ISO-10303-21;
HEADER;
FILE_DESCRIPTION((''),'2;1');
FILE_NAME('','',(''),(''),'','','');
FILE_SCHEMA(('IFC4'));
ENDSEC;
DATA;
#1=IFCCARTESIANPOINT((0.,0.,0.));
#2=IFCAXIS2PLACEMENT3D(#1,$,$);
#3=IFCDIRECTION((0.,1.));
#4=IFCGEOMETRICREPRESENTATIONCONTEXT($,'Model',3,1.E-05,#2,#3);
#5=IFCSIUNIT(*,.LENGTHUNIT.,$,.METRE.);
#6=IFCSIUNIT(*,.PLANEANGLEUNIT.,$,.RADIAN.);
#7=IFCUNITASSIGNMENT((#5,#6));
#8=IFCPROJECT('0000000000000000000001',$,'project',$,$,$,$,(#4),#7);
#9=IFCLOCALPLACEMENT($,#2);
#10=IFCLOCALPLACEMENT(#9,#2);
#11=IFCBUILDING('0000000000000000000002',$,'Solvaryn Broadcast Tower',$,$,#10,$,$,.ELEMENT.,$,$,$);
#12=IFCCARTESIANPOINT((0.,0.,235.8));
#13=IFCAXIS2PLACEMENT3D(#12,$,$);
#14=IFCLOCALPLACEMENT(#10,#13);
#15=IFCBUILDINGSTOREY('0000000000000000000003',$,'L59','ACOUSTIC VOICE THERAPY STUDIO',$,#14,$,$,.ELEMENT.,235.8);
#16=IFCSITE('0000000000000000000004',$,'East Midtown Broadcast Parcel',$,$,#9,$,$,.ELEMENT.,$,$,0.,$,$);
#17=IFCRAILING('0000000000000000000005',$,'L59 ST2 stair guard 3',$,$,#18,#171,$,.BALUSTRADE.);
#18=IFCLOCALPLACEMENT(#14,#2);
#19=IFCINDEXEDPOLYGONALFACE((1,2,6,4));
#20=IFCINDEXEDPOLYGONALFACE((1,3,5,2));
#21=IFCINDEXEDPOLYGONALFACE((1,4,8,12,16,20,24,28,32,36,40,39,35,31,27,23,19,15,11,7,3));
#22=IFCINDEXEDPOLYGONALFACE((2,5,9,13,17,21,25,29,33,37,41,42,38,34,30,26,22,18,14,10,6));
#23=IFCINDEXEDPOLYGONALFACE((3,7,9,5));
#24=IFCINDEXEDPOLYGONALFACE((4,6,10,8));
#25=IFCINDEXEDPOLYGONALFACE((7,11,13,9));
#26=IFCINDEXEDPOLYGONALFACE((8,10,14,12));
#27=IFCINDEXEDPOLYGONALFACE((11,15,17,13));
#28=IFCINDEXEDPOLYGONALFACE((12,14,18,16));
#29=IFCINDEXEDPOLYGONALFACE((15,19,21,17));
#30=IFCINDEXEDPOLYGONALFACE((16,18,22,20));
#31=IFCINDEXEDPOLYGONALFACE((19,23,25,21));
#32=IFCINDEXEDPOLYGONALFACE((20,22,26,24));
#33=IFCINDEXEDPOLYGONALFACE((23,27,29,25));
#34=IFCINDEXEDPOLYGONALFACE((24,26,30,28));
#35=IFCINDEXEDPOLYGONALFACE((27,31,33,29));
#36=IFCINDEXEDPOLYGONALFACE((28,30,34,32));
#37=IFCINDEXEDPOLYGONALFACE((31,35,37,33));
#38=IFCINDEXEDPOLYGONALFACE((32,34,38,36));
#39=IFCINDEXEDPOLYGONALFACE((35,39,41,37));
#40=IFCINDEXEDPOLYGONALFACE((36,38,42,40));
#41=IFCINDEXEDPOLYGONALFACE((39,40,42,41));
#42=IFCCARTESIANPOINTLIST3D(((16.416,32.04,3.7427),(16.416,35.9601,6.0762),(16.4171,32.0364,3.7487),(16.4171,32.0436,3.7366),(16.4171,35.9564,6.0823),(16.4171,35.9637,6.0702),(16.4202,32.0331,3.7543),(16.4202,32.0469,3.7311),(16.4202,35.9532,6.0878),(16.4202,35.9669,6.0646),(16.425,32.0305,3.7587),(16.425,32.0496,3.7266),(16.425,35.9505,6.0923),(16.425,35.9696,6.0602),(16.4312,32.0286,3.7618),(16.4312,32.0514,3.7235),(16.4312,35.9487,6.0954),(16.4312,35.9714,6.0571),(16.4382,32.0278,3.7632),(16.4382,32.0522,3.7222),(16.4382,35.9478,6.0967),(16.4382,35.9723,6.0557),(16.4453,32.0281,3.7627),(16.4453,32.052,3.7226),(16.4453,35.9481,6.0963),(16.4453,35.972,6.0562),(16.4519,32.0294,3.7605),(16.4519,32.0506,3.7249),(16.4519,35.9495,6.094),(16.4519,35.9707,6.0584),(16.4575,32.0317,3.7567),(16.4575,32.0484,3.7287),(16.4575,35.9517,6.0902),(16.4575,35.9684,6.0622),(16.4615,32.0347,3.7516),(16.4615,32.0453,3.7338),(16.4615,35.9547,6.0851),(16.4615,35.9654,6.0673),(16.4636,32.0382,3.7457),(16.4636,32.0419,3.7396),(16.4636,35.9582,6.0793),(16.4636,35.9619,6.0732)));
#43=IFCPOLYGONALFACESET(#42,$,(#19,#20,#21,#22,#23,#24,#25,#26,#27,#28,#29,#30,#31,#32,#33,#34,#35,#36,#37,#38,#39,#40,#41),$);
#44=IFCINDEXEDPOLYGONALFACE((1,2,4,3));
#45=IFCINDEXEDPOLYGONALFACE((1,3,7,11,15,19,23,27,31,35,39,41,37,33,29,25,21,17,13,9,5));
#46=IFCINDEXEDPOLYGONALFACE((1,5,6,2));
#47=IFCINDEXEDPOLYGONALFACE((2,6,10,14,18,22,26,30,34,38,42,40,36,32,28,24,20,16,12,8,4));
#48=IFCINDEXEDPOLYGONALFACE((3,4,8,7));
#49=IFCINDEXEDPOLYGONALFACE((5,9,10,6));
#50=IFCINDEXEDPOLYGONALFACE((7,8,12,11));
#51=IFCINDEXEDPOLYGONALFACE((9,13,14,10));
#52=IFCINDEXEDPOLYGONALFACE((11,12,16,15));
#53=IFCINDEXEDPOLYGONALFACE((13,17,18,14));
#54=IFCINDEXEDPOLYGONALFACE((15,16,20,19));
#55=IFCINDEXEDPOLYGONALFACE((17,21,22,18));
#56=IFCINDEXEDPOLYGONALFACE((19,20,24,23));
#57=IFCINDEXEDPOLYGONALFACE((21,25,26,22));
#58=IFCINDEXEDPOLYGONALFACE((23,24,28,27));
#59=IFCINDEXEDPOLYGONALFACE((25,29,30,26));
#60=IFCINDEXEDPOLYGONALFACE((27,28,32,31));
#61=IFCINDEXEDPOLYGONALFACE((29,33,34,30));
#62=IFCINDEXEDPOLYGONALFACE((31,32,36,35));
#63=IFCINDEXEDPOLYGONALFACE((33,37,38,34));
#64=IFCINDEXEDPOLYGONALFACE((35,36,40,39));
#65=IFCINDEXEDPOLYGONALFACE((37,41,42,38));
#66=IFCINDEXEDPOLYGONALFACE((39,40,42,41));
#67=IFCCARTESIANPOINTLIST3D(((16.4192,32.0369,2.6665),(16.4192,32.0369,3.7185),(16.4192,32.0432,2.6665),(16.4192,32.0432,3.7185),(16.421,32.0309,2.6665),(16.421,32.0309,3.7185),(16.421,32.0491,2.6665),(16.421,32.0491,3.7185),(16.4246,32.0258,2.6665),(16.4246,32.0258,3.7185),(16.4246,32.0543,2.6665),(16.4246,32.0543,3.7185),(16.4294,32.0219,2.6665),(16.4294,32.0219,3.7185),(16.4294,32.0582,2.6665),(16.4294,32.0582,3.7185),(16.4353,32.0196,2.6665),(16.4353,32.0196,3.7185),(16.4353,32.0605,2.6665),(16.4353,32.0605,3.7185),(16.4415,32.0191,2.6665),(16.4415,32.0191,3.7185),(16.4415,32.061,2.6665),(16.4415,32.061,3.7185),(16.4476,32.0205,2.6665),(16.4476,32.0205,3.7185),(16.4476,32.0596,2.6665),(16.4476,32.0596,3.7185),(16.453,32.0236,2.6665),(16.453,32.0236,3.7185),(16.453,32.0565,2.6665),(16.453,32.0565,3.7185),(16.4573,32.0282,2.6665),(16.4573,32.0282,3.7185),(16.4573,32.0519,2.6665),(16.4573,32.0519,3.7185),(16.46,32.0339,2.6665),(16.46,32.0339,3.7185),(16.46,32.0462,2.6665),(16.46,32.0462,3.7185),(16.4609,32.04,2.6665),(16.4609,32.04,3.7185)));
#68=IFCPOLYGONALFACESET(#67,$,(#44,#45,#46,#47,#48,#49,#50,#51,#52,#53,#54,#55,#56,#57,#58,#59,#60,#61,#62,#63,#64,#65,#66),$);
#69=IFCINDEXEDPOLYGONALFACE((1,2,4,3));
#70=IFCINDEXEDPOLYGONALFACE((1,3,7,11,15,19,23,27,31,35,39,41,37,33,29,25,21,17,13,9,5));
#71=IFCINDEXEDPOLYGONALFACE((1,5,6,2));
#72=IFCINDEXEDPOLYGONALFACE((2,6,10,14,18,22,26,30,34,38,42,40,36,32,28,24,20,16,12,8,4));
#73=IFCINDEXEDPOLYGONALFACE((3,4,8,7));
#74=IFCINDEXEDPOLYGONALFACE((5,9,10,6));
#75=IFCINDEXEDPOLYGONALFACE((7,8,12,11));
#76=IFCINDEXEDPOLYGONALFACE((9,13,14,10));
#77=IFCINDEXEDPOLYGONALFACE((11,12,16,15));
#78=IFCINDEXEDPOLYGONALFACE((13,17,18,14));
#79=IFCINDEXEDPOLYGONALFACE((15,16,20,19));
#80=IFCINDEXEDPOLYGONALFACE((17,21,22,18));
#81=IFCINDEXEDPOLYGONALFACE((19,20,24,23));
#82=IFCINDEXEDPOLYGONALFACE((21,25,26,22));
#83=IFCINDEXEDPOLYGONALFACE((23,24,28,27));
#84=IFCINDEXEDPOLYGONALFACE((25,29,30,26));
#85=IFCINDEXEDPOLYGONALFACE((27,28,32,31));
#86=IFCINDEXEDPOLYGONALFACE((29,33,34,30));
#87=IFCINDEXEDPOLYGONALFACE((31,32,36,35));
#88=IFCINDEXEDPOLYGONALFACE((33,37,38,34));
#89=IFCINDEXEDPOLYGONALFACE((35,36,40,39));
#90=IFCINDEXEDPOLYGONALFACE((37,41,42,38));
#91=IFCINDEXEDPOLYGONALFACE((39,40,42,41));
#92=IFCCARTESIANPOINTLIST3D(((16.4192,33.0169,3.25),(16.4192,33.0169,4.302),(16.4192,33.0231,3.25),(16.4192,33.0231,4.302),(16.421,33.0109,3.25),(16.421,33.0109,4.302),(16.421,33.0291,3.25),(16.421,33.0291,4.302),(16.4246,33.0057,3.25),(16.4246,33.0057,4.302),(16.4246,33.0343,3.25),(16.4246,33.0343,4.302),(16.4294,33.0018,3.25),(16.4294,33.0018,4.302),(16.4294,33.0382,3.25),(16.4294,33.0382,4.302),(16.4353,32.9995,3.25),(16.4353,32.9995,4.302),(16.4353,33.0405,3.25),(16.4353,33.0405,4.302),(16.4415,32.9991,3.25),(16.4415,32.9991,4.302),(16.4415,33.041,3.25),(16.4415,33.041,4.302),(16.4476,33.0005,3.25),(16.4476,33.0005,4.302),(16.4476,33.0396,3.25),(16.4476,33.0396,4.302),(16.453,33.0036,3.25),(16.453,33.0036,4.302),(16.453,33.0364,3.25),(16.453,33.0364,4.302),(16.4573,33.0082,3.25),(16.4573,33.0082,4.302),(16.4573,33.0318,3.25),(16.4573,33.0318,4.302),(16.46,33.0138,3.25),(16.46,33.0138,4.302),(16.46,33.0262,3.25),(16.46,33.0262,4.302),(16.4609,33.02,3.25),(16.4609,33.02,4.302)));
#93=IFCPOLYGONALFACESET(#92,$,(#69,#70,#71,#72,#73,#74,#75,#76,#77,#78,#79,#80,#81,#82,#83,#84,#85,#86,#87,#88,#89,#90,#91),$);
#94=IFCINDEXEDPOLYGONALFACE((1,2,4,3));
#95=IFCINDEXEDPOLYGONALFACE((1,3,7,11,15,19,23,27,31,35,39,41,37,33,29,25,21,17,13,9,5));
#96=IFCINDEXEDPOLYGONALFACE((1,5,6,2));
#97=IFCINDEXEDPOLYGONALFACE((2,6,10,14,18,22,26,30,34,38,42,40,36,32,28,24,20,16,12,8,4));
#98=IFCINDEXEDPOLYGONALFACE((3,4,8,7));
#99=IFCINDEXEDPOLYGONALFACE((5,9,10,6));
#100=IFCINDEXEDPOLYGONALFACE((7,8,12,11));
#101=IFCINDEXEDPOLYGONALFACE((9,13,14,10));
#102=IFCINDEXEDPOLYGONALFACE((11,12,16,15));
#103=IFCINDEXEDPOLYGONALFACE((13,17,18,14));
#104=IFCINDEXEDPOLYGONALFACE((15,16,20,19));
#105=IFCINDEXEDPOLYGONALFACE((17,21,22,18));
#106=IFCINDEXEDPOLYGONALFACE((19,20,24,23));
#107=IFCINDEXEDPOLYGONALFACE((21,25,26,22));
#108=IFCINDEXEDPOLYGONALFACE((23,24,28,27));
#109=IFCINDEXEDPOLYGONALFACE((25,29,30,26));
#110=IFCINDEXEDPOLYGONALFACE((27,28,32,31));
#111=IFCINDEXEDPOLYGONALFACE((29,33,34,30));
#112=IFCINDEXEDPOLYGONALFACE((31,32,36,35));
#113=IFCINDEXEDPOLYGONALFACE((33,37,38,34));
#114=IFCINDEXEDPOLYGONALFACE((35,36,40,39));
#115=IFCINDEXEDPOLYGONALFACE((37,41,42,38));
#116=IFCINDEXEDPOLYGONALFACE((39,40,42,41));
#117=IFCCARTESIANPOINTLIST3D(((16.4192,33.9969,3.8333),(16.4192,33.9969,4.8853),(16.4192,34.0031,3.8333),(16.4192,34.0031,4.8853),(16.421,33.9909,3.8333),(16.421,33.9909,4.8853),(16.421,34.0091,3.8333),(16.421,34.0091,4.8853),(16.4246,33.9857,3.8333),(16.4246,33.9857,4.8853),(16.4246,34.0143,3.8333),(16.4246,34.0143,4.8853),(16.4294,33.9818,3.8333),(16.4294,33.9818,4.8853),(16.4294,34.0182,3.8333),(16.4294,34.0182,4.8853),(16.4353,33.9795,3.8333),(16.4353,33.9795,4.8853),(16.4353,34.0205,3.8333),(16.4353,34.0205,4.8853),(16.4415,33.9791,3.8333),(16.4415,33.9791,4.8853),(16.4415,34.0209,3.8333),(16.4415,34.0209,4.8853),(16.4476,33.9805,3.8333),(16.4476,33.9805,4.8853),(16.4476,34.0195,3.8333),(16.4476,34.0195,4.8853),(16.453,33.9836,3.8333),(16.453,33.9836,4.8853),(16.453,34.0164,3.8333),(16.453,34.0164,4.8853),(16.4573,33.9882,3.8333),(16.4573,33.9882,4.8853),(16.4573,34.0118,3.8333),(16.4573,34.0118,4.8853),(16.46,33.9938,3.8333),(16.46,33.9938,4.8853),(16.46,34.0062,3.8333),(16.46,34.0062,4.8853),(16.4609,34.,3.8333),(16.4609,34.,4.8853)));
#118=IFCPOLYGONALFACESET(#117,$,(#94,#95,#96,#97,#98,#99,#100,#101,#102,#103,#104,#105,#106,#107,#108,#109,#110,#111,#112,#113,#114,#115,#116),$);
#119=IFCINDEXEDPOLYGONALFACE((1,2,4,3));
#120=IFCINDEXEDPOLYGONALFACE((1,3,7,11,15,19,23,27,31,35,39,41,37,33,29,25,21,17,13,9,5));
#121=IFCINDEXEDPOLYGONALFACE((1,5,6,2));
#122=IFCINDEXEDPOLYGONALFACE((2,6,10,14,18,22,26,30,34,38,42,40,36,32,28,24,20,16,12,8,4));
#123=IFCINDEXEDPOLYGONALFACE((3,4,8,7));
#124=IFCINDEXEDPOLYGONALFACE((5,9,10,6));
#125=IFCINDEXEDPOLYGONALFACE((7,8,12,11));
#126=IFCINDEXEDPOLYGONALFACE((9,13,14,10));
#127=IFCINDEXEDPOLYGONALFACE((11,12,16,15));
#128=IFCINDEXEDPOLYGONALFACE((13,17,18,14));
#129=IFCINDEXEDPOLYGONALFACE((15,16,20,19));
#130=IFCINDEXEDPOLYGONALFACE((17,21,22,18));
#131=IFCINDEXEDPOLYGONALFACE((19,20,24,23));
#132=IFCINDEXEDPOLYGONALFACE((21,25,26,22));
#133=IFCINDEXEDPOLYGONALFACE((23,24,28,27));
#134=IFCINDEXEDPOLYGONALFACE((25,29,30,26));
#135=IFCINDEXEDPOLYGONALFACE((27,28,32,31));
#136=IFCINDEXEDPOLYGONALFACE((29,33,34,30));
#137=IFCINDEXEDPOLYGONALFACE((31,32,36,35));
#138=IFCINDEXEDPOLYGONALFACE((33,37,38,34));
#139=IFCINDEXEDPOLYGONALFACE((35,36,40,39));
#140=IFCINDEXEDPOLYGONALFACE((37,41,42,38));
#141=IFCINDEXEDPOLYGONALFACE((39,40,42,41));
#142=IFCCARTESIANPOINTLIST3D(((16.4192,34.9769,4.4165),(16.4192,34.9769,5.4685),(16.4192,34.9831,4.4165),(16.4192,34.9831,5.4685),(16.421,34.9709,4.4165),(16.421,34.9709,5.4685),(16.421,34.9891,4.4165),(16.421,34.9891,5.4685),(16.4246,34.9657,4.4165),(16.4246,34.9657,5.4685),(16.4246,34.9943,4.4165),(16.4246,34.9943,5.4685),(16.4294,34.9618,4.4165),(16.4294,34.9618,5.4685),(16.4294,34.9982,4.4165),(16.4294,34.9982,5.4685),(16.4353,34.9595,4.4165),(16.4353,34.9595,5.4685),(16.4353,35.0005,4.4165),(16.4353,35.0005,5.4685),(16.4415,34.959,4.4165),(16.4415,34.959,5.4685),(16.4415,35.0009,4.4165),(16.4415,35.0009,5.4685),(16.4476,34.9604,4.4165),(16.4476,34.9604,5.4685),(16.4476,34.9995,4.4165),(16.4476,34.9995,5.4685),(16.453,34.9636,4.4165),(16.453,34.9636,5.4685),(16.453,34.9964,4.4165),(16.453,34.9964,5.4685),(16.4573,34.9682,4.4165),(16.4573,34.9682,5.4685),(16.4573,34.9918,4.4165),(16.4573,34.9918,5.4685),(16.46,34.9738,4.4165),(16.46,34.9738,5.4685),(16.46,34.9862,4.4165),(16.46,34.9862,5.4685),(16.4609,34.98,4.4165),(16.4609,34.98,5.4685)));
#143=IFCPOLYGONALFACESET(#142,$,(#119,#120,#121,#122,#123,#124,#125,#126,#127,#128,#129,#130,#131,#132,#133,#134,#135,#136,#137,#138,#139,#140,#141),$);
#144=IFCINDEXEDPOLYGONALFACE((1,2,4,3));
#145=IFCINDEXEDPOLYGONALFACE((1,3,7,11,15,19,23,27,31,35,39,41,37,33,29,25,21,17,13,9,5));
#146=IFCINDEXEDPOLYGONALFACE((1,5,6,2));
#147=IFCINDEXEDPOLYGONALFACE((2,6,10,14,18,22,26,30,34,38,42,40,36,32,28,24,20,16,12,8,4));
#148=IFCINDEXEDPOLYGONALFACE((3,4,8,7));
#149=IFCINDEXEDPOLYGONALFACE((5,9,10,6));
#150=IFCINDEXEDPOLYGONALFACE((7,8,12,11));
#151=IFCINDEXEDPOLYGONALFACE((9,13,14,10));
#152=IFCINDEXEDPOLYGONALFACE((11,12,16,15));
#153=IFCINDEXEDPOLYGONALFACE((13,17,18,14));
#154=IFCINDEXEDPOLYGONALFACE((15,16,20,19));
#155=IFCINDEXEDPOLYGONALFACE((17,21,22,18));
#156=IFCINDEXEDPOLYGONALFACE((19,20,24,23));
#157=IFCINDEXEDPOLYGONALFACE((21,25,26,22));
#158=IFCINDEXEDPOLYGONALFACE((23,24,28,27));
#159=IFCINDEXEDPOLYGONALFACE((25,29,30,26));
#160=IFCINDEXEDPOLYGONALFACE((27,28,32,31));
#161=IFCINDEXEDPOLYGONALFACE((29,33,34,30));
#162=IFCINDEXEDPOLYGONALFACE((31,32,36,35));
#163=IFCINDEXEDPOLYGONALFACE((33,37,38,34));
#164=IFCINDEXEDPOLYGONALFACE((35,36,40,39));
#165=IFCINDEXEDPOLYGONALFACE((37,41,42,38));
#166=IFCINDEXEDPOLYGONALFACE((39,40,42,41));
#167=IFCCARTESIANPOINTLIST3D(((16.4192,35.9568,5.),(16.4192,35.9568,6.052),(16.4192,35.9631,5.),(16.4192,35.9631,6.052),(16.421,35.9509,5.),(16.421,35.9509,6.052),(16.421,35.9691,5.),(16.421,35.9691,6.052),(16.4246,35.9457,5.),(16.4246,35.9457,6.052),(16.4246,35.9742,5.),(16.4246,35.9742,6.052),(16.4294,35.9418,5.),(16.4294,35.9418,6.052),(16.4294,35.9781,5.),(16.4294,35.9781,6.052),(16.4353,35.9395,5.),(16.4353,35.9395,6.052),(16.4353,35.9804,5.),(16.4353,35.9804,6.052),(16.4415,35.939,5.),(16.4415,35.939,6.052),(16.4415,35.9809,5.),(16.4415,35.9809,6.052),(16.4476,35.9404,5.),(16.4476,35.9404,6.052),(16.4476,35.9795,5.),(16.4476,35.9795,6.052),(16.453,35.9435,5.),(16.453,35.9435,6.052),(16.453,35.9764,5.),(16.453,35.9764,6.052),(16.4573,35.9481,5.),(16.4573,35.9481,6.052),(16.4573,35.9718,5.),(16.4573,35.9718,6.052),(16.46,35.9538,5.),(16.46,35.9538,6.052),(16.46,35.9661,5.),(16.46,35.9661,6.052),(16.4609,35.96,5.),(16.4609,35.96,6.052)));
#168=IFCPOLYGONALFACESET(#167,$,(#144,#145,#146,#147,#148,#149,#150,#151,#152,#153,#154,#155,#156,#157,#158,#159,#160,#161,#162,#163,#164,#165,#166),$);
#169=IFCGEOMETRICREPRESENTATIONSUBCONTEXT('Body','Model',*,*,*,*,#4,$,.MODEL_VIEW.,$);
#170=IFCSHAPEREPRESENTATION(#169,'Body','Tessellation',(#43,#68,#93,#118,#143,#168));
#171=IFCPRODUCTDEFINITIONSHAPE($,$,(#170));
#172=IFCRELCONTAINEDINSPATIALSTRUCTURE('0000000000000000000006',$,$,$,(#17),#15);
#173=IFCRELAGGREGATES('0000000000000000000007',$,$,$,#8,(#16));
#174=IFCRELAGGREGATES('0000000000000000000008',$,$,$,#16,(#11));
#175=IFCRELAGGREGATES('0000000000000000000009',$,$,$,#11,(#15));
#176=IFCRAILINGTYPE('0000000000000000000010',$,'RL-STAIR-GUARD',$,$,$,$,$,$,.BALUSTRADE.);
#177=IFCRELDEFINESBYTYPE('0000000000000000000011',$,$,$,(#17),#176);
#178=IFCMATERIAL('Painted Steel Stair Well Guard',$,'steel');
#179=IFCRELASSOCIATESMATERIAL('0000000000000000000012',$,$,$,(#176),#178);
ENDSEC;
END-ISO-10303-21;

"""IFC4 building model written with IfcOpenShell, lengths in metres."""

from ifc_helpers import new_model, si_unit, direction, frame, origin, origin_2d, place, context, subcontext, project, spatial, circle, extrude, material, type_object, element, save


model = new_model("IFC4")

# Units and contexts
model_context = context("Model", 3, precision=1e-05, world=origin(), true_north=direction((0.0, 1.0)))
body_context = subcontext(model_context, "Body", "Model", "MODEL_VIEW")
ifc_project = project(units=[si_unit("LENGTHUNIT", "METRE"), si_unit("PLANEANGLEUNIT", "RADIAN")], contexts=[model_context])

# Site, building, storey
site_placement = place(None, origin())
site = spatial("IfcSite", under=ifc_project, at=site_placement, Name="East Midtown Broadcast Parcel", CompositionType="ELEMENT", RefElevation=0.0)
building_placement = place(site_placement, origin())
building = spatial("IfcBuilding", under=site, at=building_placement, Name="Solvaryn Broadcast Tower", CompositionType="ELEMENT")
storey_placement = place(building_placement, frame((0.0, 0.0, 235.8)))
storey = spatial("IfcBuildingStorey", under=building, at=storey_placement, Name="L59", Description="ACOUSTIC VOICE THERAPY STUDIO", CompositionType="ELEMENT", Elevation=235.8)

# Railing
ifc_material_1 = material(Name="Painted Steel Stair Well Guard", Category="steel")
railing_type_1 = type_object("IfcRailingType", Name="RL-STAIR-GUARD", PredefinedType="BALUSTRADE", material=ifc_material_1)
railing_1_placement = place(storey_placement, frame((16.4399, 32.04, 2.6665)))
element("IfcRailing", 1, at=railing_1_placement, inside=storey, type_object=railing_type_1, Name="L59 ST2 stair guard 3", PredefinedType="BALUSTRADE", context=body_context, shape_type="SweptSolid", body=[
    extrude(circle(Radius=0.0239, at=origin_2d()), frame((0.0, 0.0, 1.0762), z_axis=(0.0, 0.859273, 0.511518), x_axis=(-1.0, 0.0, 0.0)), (0.0, 0.0, 1.0), 4.562),
    extrude(circle(Radius=0.021, at=origin_2d()), origin(), (0.0, 0.0, 1.0), 1.052),
    extrude(circle(Radius=0.021, at=origin_2d()), frame((0.0, 0.98, 0.5835)), (0.0, 0.0, 1.0), 1.052),
    extrude(circle(Radius=0.021, at=origin_2d()), frame((0.0, 1.96, 1.1667)), (0.0, 0.0, 1.0), 1.052),
    extrude(circle(Radius=0.021, at=origin_2d()), frame((0.0, 2.9399, 1.75)), (0.0, 0.0, 1.0), 1.052),
    extrude(circle(Radius=0.021, at=origin_2d()), frame((0.0, 3.9199, 2.3335)), (0.0, 0.0, 1.0), 1.052),
])

save(model, "model.ifc")
